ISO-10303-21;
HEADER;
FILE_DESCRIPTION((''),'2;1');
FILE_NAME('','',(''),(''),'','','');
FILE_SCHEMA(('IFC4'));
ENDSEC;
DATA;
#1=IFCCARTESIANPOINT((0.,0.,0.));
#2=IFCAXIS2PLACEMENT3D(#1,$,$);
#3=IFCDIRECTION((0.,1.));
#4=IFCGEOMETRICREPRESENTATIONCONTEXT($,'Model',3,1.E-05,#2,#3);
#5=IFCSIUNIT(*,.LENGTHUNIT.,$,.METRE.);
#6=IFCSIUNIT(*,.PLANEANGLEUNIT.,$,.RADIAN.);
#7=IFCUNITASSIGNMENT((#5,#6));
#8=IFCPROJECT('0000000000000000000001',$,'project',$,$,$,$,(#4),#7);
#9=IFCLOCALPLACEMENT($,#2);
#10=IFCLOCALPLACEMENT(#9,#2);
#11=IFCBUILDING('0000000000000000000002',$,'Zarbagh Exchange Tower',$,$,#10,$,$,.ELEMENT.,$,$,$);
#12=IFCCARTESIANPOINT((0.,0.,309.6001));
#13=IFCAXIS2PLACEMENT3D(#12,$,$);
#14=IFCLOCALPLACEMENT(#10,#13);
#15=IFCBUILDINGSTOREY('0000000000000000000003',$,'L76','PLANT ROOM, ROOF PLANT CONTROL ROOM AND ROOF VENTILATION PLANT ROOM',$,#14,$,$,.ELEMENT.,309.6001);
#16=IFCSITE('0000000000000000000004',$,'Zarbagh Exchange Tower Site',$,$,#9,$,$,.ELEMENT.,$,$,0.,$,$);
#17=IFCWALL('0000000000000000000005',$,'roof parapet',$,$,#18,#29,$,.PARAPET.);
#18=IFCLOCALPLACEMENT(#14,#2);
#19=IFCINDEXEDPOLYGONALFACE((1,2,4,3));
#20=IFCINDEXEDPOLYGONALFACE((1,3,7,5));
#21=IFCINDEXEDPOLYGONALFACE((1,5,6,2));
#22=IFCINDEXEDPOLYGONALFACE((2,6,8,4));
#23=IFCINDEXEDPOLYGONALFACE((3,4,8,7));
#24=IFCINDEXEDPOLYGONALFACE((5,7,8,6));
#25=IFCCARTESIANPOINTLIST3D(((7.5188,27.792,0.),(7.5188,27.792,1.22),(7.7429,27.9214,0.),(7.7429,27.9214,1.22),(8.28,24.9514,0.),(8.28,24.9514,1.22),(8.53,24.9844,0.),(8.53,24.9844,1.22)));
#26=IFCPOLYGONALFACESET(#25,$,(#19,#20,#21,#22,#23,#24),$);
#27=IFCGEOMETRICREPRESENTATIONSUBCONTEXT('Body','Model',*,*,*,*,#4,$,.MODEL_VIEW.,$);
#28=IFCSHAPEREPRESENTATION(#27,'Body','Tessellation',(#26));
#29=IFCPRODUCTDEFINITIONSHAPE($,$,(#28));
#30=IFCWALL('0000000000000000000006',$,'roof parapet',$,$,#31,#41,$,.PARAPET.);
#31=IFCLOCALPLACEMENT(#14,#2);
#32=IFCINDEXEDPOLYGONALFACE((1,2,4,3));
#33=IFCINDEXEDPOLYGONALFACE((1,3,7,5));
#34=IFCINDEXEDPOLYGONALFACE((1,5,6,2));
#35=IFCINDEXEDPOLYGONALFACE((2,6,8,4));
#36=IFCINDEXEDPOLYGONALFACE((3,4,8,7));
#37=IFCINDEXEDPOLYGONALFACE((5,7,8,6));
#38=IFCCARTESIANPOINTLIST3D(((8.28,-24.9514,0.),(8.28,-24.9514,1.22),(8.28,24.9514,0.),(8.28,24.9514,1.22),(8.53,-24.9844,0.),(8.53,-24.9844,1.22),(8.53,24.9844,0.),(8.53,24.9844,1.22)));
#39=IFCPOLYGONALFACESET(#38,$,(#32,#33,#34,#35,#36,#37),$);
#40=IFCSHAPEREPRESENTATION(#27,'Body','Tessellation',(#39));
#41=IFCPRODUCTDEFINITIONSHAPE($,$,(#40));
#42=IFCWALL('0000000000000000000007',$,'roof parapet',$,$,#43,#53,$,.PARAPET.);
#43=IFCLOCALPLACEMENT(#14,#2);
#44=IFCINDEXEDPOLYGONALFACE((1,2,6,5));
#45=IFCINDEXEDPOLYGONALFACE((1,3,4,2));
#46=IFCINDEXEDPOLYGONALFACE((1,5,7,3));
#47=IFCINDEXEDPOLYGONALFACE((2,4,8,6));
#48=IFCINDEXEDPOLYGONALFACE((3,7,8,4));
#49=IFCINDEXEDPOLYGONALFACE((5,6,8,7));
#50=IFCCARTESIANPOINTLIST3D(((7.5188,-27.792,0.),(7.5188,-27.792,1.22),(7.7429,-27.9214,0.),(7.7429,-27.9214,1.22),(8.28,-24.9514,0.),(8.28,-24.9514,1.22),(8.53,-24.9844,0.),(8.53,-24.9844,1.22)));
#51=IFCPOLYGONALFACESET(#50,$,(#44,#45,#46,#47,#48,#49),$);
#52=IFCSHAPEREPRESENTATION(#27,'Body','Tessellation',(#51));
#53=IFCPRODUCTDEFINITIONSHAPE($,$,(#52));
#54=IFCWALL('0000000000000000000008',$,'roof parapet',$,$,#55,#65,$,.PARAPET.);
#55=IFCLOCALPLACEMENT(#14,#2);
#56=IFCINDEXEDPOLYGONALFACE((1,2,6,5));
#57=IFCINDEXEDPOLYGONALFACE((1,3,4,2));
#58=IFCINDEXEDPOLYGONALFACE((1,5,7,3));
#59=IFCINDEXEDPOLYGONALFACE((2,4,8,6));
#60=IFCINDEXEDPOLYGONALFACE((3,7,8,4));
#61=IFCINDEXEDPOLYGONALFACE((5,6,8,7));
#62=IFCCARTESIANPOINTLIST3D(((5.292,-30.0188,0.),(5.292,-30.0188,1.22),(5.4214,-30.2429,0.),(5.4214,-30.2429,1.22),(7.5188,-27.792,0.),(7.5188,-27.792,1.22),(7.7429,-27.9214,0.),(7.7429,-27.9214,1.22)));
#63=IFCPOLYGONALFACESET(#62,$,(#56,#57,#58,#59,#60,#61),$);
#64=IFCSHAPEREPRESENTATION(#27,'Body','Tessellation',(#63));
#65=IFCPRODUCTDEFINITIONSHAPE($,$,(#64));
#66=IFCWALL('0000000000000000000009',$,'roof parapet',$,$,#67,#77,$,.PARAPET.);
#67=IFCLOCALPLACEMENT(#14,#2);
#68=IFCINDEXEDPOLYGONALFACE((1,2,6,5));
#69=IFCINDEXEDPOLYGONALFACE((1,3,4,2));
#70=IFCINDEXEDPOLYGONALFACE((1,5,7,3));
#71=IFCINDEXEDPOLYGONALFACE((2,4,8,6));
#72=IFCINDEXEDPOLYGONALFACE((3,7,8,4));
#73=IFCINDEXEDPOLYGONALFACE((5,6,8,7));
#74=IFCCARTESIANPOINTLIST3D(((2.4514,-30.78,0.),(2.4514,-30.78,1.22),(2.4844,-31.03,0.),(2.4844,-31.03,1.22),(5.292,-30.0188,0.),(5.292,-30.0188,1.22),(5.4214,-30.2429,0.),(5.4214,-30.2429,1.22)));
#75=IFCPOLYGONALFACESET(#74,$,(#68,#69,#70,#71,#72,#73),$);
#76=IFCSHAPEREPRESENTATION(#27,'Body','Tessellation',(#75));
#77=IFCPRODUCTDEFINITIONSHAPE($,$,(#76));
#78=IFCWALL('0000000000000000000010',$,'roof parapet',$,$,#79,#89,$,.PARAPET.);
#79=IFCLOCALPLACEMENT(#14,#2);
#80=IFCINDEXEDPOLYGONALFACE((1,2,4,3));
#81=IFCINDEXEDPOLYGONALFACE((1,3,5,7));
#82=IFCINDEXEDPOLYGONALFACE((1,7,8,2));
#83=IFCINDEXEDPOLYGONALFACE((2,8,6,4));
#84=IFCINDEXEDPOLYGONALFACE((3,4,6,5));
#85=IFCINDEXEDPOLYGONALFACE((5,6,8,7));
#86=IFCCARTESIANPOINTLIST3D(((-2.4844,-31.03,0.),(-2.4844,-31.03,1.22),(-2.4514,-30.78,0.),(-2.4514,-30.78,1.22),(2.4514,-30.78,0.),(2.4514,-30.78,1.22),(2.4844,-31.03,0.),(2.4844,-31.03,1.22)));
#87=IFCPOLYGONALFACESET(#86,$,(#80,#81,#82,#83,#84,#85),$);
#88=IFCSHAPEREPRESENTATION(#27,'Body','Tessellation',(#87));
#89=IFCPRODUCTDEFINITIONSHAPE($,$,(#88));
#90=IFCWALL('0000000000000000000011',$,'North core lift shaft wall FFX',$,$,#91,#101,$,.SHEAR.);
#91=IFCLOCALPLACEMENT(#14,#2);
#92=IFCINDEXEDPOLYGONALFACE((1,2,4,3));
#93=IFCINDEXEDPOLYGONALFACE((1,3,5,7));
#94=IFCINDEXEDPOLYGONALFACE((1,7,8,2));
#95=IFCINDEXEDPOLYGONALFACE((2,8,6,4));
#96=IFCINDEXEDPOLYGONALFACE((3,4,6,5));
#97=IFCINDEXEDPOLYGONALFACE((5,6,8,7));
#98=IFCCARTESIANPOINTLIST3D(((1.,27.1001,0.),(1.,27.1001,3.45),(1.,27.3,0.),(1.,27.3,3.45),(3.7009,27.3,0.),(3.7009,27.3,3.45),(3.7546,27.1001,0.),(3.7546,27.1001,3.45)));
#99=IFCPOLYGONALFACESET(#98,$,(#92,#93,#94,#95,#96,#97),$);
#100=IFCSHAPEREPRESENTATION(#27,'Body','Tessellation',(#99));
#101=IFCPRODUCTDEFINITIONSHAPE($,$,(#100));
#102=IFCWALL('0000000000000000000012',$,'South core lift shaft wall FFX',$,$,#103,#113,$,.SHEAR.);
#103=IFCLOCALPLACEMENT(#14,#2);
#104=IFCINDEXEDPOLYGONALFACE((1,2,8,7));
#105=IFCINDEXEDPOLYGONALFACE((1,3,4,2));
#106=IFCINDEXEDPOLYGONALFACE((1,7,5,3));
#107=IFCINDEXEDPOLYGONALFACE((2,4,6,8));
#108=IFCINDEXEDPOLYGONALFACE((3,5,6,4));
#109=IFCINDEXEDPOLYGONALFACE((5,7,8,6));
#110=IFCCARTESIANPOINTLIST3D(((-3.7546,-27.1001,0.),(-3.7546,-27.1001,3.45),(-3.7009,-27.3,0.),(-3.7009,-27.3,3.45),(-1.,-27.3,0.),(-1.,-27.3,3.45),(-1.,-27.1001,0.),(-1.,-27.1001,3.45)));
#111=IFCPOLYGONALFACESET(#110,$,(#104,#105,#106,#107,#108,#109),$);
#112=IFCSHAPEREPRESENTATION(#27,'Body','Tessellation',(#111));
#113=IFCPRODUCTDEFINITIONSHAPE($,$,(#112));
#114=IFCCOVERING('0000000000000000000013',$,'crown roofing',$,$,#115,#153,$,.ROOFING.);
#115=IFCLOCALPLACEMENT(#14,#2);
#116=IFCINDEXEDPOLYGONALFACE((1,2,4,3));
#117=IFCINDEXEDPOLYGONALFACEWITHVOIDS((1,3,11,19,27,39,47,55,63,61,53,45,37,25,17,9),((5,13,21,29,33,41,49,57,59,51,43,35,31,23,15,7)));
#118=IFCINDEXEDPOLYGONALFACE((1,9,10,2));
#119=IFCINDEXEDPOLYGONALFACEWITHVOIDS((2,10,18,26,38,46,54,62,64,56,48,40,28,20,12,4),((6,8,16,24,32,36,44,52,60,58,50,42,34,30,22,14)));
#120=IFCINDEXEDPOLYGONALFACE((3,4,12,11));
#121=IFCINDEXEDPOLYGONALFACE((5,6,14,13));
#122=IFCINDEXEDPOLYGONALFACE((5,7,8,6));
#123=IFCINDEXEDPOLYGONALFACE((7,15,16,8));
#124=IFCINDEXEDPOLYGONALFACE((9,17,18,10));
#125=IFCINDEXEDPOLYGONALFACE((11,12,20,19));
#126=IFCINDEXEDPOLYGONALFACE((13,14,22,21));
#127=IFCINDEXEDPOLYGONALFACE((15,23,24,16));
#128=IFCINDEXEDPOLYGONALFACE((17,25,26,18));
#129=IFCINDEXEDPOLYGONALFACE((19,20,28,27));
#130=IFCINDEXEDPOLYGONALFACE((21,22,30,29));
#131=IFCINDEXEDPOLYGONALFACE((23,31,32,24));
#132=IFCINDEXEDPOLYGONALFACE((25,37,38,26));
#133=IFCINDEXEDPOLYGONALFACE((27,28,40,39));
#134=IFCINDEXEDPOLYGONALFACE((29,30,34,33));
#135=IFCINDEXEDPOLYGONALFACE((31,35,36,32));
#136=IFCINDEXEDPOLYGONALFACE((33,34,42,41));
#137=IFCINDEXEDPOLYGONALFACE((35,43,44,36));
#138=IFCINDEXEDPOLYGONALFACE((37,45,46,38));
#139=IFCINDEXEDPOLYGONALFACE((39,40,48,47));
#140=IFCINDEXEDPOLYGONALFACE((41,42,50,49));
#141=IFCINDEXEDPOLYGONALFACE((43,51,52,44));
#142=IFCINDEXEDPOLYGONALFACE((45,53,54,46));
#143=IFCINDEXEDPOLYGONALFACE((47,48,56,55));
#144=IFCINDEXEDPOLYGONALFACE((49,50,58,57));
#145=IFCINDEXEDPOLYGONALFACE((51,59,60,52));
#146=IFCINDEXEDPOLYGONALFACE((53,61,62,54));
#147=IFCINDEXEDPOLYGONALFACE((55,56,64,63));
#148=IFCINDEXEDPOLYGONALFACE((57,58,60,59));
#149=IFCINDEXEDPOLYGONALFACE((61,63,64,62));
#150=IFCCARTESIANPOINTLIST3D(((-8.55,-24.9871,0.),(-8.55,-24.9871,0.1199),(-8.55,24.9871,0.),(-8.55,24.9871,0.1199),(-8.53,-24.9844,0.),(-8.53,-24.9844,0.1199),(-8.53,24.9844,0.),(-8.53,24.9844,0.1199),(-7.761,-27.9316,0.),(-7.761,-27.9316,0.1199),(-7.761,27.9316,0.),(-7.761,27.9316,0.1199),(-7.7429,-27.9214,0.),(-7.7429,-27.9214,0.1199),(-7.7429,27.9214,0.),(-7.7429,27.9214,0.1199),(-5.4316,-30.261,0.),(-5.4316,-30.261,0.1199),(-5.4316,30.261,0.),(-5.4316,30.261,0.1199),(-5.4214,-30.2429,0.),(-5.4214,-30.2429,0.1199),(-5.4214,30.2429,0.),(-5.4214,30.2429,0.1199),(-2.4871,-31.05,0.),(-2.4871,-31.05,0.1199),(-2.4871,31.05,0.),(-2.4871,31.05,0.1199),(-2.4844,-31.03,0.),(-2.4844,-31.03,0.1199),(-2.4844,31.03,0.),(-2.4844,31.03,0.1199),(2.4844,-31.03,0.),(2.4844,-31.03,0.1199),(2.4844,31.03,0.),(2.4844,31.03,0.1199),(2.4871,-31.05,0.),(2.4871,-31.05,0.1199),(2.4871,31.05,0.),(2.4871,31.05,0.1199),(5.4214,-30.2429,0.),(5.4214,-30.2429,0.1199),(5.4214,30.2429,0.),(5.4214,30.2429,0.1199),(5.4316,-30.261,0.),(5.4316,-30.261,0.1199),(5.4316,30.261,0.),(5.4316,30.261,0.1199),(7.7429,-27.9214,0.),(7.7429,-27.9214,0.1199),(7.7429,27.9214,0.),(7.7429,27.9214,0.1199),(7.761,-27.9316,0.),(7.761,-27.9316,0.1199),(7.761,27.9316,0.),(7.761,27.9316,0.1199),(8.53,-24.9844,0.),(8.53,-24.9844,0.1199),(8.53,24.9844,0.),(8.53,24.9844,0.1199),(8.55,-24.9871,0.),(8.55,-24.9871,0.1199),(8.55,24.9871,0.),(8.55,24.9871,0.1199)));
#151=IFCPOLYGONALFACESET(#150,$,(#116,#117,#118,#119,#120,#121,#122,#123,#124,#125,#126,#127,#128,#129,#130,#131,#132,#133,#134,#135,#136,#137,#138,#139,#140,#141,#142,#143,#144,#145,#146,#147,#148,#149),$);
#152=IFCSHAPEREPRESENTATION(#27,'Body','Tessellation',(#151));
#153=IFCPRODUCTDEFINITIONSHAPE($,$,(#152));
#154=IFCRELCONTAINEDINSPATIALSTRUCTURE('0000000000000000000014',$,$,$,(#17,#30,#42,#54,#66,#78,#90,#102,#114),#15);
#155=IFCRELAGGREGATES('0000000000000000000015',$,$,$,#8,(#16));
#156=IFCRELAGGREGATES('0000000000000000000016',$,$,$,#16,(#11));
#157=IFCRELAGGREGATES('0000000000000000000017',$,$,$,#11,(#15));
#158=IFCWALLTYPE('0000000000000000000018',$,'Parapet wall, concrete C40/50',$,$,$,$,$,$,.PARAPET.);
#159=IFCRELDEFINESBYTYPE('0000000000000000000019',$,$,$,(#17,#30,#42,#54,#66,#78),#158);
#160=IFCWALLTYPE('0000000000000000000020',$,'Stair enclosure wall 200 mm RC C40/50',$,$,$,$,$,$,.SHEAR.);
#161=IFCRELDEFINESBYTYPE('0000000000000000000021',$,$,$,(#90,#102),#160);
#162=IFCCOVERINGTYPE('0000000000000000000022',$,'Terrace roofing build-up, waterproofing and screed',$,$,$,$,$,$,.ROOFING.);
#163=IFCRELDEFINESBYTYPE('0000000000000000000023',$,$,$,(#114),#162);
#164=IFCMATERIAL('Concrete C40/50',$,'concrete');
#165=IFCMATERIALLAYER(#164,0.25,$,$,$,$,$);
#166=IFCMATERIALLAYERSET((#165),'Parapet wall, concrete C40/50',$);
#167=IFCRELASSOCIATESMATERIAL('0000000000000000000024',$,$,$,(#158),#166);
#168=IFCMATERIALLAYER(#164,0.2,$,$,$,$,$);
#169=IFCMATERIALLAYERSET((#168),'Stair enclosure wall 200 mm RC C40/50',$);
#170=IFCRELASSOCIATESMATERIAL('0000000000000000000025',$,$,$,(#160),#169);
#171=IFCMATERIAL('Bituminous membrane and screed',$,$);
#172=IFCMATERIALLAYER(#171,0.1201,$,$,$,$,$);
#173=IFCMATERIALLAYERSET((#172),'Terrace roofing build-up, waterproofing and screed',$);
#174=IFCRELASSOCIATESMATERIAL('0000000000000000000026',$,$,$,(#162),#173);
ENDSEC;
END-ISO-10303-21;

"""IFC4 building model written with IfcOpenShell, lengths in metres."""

from ifc_helpers import new_model, si_unit, direction, frame, origin, place, context, subcontext, project, spatial, polyline, outline, extrude, material, layer, layer_set, type_object, element, save


model = new_model("IFC4")

# Units and contexts
model_context = context("Model", 3, precision=1e-05, world=origin(), true_north=direction((0.0, 1.0)))
body_context = subcontext(model_context, "Body", "Model", "MODEL_VIEW")
ifc_project = project(units=[si_unit("LENGTHUNIT", "METRE"), si_unit("PLANEANGLEUNIT", "RADIAN")], contexts=[model_context])

# Site, building, storey
site_placement = place(None, origin())
site = spatial("IfcSite", under=ifc_project, at=site_placement, Name="Zarbagh Exchange Tower Site", CompositionType="ELEMENT", RefElevation=0.0)
building_placement = place(site_placement, origin())
building = spatial("IfcBuilding", under=site, at=building_placement, Name="Zarbagh Exchange Tower", CompositionType="ELEMENT")
storey_placement = place(building_placement, frame((0.0, 0.0, 309.6001)))
storey = spatial("IfcBuildingStorey", under=building, at=storey_placement, Name="L76", Description="PLANT ROOM, ROOF PLANT CONTROL ROOM AND ROOF VENTILATION PLANT ROOM", CompositionType="ELEMENT", Elevation=309.6001)

# Shared definitions
ifc_material_1 = material(Name="Concrete C40/50", Category="concrete")

# Walls
ifc_layer_1 = layer(ifc_material_1, 0.25)
ifc_layer_set_1 = layer_set([ifc_layer_1], Name="Parapet wall, concrete C40/50")
wall_type_1 = type_object("IfcWallType", Name="Parapet wall, concrete C40/50", PredefinedType="PARAPET", material=ifc_layer_set_1)
wall_1_placement = place(storey_placement, origin())
element("IfcWall", 1, at=wall_1_placement, inside=storey, type_object=wall_type_1, Name="roof parapet", PredefinedType="PARAPET", context=body_context, shape_type="SweptSolid", body=[
    extrude(outline(polyline([(7.7429, 27.9214), (8.53, 24.9844), (8.28, 24.9514), (7.5188, 27.792), (7.7429, 27.9214)])), origin(), (0.0, 0.0, 1.0), 1.22),
])
wall_2_placement = place(storey_placement, origin())
element("IfcWall", 2, at=wall_2_placement, inside=storey, type_object=wall_type_1, Name="roof parapet", PredefinedType="PARAPET", context=body_context, shape_type="SweptSolid", body=[
    extrude(outline(polyline([(8.53, 24.9844), (8.53, -24.9844), (8.28, -24.9514), (8.28, 24.9514), (8.53, 24.9844)])), origin(), (0.0, 0.0, 1.0), 1.22),
])
wall_3_placement = place(storey_placement, origin())
element("IfcWall", 3, at=wall_3_placement, inside=storey, type_object=wall_type_1, Name="roof parapet", PredefinedType="PARAPET", context=body_context, shape_type="SweptSolid", body=[
    extrude(outline(polyline([(8.53, -24.9844), (7.7429, -27.9214), (7.5188, -27.792), (8.28, -24.9514), (8.53, -24.9844)])), origin(), (0.0, 0.0, 1.0), 1.22),
])
wall_4_placement = place(storey_placement, origin())
element("IfcWall", 4, at=wall_4_placement, inside=storey, type_object=wall_type_1, Name="roof parapet", PredefinedType="PARAPET", context=body_context, shape_type="SweptSolid", body=[
    extrude(outline(polyline([(7.7429, -27.9214), (5.4214, -30.2429), (5.292, -30.0188), (7.5188, -27.792), (7.7429, -27.9214)])), origin(), (0.0, 0.0, 1.0), 1.22),
])
wall_5_placement = place(storey_placement, origin())
element("IfcWall", 5, at=wall_5_placement, inside=storey, type_object=wall_type_1, Name="roof parapet", PredefinedType="PARAPET", context=body_context, shape_type="SweptSolid", body=[
    extrude(outline(polyline([(5.4214, -30.2429), (2.4844, -31.03), (2.4514, -30.78), (5.292, -30.0188), (5.4214, -30.2429)])), origin(), (0.0, 0.0, 1.0), 1.22),
])
wall_6_placement = place(storey_placement, origin())
element("IfcWall", 6, at=wall_6_placement, inside=storey, type_object=wall_type_1, Name="roof parapet", PredefinedType="PARAPET", context=body_context, shape_type="SweptSolid", body=[
    extrude(outline(polyline([(2.4844, -31.03), (-2.4844, -31.03), (-2.4514, -30.78), (2.4514, -30.78), (2.4844, -31.03)])), origin(), (0.0, 0.0, 1.0), 1.22),
])
ifc_layer_2 = layer(ifc_material_1, 0.2)
ifc_layer_set_2 = layer_set([ifc_layer_2], Name="Stair enclosure wall 200 mm RC C40/50")
wall_type_2 = type_object("IfcWallType", Name="Stair enclosure wall 200 mm RC C40/50", PredefinedType="SHEAR", material=ifc_layer_set_2)
wall_7_placement = place(storey_placement, origin())
element("IfcWall", 7, at=wall_7_placement, inside=storey, type_object=wall_type_2, Name="North core lift shaft wall FFX", PredefinedType="SHEAR", context=body_context, shape_type="SweptSolid", body=[
    extrude(outline(polyline([(1.0, 27.1001), (3.7546, 27.1001), (3.7009, 27.3), (1.0, 27.3), (1.0, 27.1001)])), origin(), (0.0, 0.0, 1.0), 3.45),
])
wall_8_placement = place(storey_placement, origin())
element("IfcWall", 8, at=wall_8_placement, inside=storey, type_object=wall_type_2, Name="South core lift shaft wall FFX", PredefinedType="SHEAR", context=body_context, shape_type="SweptSolid", body=[
    extrude(outline(polyline([(-1.0, -27.1001), (-3.7546, -27.1001), (-3.7009, -27.3), (-1.0, -27.3), (-1.0, -27.1001)])), origin(), (0.0, 0.0, 1.0), 3.45),
])

# Covering
ifc_material_2 = material(Name="Bituminous membrane and screed")
ifc_layer_3 = layer(ifc_material_2, 0.1201)
ifc_layer_set_3 = layer_set([ifc_layer_3], Name="Terrace roofing build-up, waterproofing and screed")
covering_type = type_object("IfcCoveringType", Name="Terrace roofing build-up, waterproofing and screed", PredefinedType="ROOFING", material=ifc_layer_set_3)
covering_1_placement = place(storey_placement, origin())
element("IfcCovering", 9, at=covering_1_placement, inside=storey, type_object=covering_type, Name="crown roofing", PredefinedType="ROOFING", context=body_context, shape_type="SweptSolid", body=[
    extrude(outline(polyline([(-5.4316, -30.261), (-7.761, -27.9316), (-8.55, -24.9871), (-8.55, 24.9871), (-7.761, 27.9316), (-5.4316, 30.261), (-2.4871, 31.05), (2.4871, 31.05), (5.4316, 30.261), (7.761, 27.9316), (8.55, 24.9871), (8.55, -24.9871), (7.761, -27.9316), (5.4316, -30.261), (2.4871, -31.05), (-2.4871, -31.05), (-5.4316, -30.261)]), holes=[polyline([(-8.53, -24.9844), (-7.7429, -27.9214), (-5.4214, -30.2429), (-2.4844, -31.03), (2.4844, -31.03), (5.4214, -30.2429), (7.7429, -27.9214), (8.53, -24.9844), (8.53, 24.9844), (7.7429, 27.9214), (5.4214, 30.2429), (2.4844, 31.03), (-2.4844, 31.03), (-5.4214, 30.2429), (-7.7429, 27.9214), (-8.53, 24.9844), (-8.53, -24.9844)])]), origin(), (0.0, 0.0, 1.0), 0.1199),
])

save(model, "model.ifc")
